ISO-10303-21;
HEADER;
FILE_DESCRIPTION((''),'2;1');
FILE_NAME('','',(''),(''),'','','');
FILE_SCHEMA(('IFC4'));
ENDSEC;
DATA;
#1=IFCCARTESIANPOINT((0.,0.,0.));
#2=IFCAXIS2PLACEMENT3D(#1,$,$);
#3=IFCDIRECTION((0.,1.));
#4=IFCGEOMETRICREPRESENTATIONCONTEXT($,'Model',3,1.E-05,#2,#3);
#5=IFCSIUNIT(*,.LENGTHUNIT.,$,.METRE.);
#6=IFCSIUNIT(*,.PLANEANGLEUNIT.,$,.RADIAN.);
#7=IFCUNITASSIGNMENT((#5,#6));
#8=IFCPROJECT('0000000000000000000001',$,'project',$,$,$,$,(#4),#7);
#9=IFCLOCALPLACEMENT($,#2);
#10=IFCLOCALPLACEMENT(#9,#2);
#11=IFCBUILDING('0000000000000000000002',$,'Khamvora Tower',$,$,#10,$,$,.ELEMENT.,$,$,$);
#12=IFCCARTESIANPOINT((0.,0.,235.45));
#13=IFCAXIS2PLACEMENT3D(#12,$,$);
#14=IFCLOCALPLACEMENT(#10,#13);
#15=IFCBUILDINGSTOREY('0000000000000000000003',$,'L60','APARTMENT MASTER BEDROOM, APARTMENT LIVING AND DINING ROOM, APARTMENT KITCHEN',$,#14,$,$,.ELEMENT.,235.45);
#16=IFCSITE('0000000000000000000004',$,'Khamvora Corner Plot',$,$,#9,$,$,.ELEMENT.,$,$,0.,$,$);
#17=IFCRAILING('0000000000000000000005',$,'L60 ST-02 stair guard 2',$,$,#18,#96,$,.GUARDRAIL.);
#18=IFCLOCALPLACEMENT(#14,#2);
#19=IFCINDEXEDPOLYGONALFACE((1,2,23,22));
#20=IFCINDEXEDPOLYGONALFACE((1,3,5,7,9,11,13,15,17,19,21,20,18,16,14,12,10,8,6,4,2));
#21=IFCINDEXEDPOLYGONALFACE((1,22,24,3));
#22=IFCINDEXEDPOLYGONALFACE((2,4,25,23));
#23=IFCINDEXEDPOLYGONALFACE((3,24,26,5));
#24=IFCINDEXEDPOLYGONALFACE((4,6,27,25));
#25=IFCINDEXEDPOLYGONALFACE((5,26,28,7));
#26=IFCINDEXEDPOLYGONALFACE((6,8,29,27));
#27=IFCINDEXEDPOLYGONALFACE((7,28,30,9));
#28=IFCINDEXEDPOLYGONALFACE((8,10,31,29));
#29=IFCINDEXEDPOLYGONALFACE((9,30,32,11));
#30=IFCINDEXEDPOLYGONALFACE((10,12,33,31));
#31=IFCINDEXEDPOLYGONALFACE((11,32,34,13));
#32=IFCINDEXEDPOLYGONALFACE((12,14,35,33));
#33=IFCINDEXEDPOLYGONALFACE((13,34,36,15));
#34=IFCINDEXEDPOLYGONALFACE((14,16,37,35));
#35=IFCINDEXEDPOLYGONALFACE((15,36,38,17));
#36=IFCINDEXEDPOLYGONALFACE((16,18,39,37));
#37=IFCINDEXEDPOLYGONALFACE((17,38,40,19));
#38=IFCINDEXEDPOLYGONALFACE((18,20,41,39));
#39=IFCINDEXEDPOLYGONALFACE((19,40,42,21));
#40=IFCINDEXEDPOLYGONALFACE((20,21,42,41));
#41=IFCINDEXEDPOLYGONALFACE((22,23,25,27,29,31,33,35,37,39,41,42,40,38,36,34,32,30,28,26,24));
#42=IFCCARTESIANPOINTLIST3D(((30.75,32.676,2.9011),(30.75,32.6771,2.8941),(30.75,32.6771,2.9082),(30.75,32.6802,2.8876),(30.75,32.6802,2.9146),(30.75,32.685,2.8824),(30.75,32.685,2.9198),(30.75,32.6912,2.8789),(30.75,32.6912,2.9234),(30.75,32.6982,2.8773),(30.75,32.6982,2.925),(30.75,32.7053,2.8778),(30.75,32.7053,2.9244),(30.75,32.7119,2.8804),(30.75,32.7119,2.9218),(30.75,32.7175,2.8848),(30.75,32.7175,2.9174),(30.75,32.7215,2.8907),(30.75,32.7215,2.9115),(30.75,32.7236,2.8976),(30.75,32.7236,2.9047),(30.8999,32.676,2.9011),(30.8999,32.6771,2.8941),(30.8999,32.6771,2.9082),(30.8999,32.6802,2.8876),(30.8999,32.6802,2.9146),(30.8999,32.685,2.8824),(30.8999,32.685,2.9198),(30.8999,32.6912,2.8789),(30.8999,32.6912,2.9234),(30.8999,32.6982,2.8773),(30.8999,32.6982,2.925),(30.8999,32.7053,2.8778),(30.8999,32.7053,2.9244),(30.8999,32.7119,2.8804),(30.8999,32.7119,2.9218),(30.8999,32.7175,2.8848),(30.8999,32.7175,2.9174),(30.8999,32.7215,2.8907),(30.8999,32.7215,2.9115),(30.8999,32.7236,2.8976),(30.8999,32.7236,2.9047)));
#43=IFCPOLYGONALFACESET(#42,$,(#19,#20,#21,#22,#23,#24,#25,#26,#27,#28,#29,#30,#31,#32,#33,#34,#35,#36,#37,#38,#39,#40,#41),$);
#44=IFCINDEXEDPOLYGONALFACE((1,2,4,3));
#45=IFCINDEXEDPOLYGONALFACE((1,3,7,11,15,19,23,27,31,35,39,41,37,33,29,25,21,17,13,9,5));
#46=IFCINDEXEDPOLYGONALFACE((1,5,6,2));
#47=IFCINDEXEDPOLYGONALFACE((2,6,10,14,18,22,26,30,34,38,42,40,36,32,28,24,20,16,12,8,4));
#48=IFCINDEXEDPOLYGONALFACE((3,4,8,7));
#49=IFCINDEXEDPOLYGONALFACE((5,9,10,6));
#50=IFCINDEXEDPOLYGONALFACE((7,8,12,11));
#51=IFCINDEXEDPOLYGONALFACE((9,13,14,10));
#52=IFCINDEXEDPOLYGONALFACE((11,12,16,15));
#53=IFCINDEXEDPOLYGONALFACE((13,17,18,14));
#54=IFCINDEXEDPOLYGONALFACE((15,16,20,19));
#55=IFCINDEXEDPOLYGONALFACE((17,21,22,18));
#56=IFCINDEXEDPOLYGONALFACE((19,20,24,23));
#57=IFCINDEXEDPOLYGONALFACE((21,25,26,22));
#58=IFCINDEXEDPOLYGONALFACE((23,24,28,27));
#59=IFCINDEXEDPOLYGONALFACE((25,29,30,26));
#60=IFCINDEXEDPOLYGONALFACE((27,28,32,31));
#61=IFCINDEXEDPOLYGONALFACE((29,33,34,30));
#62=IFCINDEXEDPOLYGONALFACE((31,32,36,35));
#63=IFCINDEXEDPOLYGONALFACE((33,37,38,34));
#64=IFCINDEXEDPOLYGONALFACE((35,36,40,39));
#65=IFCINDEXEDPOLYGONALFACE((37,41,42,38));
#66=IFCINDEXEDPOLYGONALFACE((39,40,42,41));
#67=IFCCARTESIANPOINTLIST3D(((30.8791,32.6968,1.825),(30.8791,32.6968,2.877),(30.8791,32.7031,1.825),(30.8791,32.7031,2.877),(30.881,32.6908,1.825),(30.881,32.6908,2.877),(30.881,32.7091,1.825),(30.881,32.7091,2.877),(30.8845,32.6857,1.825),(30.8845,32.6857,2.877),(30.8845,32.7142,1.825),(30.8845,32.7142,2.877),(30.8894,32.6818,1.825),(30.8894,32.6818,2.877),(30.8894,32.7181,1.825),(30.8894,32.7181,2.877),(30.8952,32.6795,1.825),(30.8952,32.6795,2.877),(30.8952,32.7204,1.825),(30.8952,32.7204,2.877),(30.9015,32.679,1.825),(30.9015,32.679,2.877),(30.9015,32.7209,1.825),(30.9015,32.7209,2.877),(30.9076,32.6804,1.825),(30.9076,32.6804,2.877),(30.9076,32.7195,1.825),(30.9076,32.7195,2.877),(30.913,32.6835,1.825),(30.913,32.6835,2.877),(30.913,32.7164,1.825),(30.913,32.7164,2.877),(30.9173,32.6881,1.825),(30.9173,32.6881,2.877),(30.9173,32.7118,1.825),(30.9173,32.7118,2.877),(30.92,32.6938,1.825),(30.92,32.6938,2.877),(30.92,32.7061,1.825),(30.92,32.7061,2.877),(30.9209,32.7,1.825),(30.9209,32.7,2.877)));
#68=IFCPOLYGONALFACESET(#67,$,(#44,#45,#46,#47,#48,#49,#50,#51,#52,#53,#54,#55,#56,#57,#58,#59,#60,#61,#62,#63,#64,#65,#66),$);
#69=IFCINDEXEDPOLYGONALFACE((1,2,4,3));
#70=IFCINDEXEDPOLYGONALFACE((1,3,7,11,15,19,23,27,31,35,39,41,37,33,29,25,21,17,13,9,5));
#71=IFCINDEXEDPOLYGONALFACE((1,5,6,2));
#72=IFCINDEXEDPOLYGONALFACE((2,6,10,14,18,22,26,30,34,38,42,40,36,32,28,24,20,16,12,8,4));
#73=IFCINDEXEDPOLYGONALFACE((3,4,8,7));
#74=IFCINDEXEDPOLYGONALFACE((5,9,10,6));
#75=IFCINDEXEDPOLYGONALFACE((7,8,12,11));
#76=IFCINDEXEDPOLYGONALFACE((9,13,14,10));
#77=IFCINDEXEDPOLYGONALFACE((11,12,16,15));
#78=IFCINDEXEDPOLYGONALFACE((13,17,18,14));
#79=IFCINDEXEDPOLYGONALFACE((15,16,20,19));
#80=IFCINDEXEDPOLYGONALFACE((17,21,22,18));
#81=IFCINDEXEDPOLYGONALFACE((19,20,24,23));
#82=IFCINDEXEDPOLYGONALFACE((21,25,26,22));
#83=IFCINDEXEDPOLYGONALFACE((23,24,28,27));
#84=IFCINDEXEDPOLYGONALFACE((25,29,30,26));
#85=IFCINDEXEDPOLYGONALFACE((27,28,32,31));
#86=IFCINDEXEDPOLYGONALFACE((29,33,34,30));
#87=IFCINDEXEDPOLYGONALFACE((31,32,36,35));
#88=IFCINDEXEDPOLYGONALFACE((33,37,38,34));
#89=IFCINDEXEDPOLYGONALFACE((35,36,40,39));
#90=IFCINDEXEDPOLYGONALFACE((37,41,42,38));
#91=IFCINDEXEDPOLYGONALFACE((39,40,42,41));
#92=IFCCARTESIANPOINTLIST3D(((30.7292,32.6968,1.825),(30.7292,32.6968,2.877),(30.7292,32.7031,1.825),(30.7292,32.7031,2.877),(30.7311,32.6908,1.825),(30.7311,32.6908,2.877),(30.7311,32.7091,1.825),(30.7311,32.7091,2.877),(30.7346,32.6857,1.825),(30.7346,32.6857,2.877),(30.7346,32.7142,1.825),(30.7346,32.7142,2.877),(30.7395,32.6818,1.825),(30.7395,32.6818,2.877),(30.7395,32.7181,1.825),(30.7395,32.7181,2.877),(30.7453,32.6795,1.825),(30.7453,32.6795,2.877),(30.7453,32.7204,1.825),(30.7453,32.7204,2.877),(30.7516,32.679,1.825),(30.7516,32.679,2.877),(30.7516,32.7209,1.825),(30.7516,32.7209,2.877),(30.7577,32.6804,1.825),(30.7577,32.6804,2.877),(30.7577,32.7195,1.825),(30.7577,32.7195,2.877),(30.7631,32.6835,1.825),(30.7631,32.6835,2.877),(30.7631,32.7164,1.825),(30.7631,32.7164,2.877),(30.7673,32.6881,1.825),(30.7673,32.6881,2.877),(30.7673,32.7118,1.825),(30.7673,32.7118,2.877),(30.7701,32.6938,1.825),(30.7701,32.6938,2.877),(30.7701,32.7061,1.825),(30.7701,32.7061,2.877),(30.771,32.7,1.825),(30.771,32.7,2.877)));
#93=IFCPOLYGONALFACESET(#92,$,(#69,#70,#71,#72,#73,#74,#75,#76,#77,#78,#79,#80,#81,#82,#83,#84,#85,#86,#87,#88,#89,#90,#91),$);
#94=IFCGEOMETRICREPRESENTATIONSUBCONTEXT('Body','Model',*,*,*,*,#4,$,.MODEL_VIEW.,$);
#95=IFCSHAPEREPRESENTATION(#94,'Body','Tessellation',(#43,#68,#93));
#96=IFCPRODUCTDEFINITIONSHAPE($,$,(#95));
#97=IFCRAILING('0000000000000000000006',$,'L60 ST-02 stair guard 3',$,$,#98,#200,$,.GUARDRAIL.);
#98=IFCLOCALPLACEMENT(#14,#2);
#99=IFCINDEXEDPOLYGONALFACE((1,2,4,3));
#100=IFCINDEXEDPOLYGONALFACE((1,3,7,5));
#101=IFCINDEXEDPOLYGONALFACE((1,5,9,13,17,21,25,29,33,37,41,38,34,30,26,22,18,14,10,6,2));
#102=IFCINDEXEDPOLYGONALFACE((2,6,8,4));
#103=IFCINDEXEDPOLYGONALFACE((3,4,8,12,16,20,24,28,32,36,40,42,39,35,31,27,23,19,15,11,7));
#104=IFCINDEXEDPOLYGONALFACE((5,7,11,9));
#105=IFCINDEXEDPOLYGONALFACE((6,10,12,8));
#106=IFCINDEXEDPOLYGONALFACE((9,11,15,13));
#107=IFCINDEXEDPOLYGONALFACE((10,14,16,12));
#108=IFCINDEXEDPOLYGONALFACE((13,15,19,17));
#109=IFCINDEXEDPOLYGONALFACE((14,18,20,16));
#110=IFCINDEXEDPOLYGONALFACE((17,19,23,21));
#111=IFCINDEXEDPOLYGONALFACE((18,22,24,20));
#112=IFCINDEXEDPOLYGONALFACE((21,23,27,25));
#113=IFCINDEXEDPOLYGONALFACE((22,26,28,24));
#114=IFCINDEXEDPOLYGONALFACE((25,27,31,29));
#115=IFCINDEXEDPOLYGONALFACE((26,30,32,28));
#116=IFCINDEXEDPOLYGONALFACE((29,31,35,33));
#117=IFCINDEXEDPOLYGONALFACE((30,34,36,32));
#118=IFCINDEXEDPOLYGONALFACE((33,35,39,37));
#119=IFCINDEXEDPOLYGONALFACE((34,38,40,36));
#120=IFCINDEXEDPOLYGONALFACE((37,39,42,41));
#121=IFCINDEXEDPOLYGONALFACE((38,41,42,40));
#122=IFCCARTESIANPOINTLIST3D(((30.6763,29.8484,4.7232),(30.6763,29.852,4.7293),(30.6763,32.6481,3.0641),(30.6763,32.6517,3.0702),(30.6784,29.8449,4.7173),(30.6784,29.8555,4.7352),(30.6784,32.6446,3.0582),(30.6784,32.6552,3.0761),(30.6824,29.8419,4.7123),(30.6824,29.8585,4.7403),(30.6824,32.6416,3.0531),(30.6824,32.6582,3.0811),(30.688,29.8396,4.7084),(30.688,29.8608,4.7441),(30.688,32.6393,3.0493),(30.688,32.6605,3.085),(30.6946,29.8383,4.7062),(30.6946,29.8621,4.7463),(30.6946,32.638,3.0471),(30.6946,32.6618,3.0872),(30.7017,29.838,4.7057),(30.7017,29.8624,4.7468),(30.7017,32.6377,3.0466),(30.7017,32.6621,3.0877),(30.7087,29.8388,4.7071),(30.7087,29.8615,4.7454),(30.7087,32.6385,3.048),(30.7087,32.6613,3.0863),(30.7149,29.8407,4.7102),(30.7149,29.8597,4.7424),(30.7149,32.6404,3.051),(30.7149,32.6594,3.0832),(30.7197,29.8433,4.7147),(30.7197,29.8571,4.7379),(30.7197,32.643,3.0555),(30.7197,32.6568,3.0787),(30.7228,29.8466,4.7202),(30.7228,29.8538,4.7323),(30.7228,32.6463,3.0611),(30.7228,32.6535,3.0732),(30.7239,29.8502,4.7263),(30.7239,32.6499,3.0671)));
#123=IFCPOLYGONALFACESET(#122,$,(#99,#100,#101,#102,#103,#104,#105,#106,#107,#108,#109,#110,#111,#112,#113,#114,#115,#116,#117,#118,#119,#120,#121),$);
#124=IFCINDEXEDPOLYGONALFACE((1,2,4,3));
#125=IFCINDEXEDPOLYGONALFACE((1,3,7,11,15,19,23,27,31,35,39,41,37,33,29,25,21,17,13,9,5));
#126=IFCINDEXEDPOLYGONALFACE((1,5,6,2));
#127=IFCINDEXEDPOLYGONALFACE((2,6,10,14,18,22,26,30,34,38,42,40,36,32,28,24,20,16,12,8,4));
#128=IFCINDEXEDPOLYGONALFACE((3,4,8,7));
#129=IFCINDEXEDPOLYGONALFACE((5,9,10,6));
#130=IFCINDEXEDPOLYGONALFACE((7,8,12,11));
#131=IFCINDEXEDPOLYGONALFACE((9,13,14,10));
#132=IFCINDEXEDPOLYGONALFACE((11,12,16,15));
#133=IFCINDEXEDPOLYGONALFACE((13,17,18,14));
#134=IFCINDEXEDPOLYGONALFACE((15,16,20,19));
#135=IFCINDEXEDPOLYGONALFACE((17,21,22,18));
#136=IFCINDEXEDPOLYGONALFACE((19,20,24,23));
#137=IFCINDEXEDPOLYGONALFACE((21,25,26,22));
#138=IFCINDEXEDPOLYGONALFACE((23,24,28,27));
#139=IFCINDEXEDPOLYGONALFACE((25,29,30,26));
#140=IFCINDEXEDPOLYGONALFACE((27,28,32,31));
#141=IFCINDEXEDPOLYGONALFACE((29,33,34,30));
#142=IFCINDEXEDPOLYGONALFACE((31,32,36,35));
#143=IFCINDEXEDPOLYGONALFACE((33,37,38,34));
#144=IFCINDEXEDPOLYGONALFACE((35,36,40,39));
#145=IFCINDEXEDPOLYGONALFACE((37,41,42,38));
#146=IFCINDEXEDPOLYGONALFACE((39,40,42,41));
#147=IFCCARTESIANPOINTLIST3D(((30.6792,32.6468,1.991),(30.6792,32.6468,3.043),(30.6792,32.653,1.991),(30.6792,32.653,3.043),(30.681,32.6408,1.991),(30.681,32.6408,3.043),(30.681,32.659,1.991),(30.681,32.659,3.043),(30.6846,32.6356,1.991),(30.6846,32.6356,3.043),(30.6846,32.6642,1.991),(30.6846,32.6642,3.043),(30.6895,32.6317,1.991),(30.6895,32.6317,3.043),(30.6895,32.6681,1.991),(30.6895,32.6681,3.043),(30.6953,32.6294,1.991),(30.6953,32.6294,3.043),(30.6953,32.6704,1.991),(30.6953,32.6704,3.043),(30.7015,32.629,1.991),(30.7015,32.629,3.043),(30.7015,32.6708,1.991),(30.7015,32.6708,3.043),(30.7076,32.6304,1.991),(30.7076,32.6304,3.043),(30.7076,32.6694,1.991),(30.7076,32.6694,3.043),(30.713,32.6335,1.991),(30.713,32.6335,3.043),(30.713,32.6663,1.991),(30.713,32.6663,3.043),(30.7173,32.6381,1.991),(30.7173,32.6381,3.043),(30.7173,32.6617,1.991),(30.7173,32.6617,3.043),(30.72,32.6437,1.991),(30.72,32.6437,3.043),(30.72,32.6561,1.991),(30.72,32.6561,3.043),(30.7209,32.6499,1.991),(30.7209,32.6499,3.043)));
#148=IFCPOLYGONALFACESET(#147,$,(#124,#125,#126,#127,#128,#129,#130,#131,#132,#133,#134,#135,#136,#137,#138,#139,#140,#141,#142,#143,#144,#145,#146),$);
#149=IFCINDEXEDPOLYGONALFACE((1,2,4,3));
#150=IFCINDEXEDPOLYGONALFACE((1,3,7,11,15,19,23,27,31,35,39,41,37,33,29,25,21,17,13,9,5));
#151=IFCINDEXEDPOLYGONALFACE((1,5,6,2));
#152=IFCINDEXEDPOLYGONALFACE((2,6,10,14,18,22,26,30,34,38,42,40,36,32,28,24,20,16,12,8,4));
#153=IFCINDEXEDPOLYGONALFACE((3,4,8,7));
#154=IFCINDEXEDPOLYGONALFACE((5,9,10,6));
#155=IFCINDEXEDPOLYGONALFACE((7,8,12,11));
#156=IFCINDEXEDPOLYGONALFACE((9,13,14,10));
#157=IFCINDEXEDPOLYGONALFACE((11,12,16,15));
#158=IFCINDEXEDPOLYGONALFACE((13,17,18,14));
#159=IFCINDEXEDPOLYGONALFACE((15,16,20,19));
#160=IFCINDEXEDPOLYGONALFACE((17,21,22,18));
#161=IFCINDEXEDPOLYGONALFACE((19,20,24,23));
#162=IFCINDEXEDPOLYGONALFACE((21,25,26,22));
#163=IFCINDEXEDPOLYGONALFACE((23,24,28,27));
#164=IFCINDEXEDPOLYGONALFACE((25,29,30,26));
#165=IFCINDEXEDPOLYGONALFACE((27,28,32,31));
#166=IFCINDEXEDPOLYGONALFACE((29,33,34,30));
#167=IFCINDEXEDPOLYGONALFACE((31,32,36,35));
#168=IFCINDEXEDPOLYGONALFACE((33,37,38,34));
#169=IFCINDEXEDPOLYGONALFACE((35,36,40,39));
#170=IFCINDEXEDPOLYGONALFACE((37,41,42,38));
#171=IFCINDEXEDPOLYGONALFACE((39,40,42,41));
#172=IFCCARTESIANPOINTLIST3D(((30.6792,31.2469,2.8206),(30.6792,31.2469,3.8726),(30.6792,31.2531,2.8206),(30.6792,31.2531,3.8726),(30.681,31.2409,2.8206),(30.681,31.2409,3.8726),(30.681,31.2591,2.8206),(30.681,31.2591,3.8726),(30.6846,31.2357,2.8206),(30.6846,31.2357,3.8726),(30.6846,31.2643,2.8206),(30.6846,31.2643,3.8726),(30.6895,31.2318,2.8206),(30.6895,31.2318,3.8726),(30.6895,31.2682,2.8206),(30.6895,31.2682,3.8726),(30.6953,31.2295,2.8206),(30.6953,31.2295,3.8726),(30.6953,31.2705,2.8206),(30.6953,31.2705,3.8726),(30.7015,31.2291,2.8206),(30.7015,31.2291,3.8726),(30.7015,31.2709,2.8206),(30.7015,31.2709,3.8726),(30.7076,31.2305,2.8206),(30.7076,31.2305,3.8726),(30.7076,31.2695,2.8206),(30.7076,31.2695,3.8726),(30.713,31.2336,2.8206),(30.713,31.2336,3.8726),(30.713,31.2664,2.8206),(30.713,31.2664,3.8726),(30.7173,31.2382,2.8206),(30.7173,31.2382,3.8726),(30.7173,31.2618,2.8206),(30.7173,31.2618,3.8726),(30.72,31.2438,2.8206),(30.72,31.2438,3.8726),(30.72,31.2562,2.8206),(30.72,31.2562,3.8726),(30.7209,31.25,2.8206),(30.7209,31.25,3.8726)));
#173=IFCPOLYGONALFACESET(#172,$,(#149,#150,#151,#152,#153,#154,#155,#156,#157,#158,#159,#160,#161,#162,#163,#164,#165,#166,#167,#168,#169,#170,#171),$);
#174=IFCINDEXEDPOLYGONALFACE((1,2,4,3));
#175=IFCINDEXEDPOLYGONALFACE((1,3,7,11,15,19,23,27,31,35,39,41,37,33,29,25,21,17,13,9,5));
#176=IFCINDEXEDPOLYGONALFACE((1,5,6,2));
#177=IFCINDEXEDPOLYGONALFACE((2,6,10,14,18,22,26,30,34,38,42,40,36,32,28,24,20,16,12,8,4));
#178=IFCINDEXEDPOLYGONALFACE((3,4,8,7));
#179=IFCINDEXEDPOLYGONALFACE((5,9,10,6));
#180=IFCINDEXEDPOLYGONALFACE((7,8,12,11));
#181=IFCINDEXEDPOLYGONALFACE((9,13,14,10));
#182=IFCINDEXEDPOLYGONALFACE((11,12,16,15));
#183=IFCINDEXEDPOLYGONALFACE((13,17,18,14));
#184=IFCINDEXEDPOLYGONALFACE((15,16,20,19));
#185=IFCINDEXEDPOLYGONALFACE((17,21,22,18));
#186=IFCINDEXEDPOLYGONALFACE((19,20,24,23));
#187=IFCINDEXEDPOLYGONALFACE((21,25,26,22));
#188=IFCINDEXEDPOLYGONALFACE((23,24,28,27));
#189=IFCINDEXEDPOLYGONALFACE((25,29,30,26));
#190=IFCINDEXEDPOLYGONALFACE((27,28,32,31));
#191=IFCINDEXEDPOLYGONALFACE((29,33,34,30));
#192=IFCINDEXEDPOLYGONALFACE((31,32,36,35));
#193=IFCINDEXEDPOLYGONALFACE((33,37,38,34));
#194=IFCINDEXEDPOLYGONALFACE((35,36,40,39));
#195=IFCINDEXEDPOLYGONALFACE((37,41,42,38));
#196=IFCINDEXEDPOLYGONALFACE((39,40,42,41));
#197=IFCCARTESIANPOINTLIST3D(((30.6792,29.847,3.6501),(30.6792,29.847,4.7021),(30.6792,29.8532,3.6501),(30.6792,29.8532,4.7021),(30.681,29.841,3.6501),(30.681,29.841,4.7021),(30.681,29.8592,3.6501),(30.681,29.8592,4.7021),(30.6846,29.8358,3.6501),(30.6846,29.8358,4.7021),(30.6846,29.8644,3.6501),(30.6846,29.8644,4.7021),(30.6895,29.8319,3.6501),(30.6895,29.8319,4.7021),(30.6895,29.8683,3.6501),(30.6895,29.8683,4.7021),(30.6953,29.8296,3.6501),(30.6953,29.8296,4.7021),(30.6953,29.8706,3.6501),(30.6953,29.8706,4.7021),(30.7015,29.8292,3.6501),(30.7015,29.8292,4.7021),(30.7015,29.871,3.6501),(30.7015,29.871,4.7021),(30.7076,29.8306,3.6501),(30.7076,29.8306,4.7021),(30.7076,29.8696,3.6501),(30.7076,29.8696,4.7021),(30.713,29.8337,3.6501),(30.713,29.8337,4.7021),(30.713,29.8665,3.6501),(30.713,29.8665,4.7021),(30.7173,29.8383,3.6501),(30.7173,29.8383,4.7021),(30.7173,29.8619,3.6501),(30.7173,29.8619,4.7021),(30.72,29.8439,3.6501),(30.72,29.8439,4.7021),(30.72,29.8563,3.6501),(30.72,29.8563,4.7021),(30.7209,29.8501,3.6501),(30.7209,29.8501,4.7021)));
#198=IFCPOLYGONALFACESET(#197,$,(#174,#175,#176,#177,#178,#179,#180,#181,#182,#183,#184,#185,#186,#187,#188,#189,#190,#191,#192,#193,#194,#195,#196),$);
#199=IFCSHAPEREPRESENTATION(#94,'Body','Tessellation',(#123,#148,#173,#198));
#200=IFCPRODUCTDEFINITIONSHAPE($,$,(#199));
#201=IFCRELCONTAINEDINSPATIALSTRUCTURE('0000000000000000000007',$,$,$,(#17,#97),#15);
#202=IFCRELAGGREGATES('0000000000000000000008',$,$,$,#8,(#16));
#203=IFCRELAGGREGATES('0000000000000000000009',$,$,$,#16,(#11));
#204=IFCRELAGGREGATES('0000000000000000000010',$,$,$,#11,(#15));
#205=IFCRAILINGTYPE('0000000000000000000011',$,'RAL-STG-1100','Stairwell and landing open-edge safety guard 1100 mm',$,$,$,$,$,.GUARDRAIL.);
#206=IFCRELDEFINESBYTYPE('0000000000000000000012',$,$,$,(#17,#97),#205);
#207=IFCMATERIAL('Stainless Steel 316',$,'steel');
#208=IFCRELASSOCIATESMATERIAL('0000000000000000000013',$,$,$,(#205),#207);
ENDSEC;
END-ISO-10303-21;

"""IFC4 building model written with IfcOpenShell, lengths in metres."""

from ifc_helpers import new_model, si_unit, direction, frame, origin, origin_2d, place, context, subcontext, project, spatial, circle, extrude, material, type_object, element, save


model = new_model("IFC4")

# Units and contexts
model_context = context("Model", 3, precision=1e-05, world=origin(), true_north=direction((0.0, 1.0)))
body_context = subcontext(model_context, "Body", "Model", "MODEL_VIEW")
ifc_project = project(units=[si_unit("LENGTHUNIT", "METRE"), si_unit("PLANEANGLEUNIT", "RADIAN")], contexts=[model_context])

# Site, building, storey
site_placement = place(None, origin())
site = spatial("IfcSite", under=ifc_project, at=site_placement, Name="Khamvora Corner Plot", CompositionType="ELEMENT", RefElevation=0.0)
building_placement = place(site_placement, origin())
building = spatial("IfcBuilding", under=site, at=building_placement, Name="Khamvora Tower", CompositionType="ELEMENT")
storey_placement = place(building_placement, frame((0.0, 0.0, 235.45)))
storey = spatial("IfcBuildingStorey", under=building, at=storey_placement, Name="L60", Description="APARTMENT MASTER BEDROOM, APARTMENT LIVING AND DINING ROOM, APARTMENT KITCHEN", CompositionType="ELEMENT", Elevation=235.45)

# Railings
ifc_material_1 = material(Name="Stainless Steel 316", Category="steel")
railing_type = type_object("IfcRailingType", Name="RAL-STG-1100", Description="Stairwell and landing open-edge safety guard 1100 mm", PredefinedType="GUARDRAIL", material=ifc_material_1)
railing_1_placement = place(storey_placement, frame((30.8999, 32.7, 1.825)))
element("IfcRailing", 1, at=railing_1_placement, inside=storey, type_object=railing_type, Name="L60 ST-02 stair guard 2", PredefinedType="GUARDRAIL", context=body_context, shape_type="SweptSolid", body=[
    extrude(circle(Radius=0.0239, at=origin_2d()), frame((0.0, 0.0, 1.0762), z_axis=(-1.0, 0.0, 0.0), x_axis=(0.0, -1.0, 0.0)), (0.0, 0.0, 1.0), 0.1499),
    extrude(circle(Radius=0.021, at=origin_2d()), origin(), (0.0, 0.0, 1.0), 1.052),
    extrude(circle(Radius=0.021, at=origin_2d()), frame((-0.1499, 0.0, 0.0)), (0.0, 0.0, 1.0), 1.052),
])
railing_2_placement = place(storey_placement, frame((30.7, 32.6499, 1.991)))
element("IfcRailing", 2, at=railing_2_placement, inside=storey, type_object=railing_type, Name="L60 ST-02 stair guard 3", PredefinedType="GUARDRAIL", context=body_context, shape_type="SweptSolid", body=[
    extrude(circle(Radius=0.0239, at=origin_2d()), frame((0.0, 0.0, 1.0762), z_axis=(0.0, -0.860287, 0.509811), x_axis=(1.0, 0.0, 0.0)), (0.0, 0.0, 1.0), 3.2544),
    extrude(circle(Radius=0.021, at=origin_2d()), origin(), (0.0, 0.0, 1.0), 1.052),
    extrude(circle(Radius=0.021, at=origin_2d()), frame((0.0, -1.3999, 0.8296)), (0.0, 0.0, 1.0), 1.052),
    extrude(circle(Radius=0.021, at=origin_2d()), frame((0.0, -2.7998, 1.6592)), (0.0, 0.0, 1.0), 1.052),
])

save(model, "model.ifc")
